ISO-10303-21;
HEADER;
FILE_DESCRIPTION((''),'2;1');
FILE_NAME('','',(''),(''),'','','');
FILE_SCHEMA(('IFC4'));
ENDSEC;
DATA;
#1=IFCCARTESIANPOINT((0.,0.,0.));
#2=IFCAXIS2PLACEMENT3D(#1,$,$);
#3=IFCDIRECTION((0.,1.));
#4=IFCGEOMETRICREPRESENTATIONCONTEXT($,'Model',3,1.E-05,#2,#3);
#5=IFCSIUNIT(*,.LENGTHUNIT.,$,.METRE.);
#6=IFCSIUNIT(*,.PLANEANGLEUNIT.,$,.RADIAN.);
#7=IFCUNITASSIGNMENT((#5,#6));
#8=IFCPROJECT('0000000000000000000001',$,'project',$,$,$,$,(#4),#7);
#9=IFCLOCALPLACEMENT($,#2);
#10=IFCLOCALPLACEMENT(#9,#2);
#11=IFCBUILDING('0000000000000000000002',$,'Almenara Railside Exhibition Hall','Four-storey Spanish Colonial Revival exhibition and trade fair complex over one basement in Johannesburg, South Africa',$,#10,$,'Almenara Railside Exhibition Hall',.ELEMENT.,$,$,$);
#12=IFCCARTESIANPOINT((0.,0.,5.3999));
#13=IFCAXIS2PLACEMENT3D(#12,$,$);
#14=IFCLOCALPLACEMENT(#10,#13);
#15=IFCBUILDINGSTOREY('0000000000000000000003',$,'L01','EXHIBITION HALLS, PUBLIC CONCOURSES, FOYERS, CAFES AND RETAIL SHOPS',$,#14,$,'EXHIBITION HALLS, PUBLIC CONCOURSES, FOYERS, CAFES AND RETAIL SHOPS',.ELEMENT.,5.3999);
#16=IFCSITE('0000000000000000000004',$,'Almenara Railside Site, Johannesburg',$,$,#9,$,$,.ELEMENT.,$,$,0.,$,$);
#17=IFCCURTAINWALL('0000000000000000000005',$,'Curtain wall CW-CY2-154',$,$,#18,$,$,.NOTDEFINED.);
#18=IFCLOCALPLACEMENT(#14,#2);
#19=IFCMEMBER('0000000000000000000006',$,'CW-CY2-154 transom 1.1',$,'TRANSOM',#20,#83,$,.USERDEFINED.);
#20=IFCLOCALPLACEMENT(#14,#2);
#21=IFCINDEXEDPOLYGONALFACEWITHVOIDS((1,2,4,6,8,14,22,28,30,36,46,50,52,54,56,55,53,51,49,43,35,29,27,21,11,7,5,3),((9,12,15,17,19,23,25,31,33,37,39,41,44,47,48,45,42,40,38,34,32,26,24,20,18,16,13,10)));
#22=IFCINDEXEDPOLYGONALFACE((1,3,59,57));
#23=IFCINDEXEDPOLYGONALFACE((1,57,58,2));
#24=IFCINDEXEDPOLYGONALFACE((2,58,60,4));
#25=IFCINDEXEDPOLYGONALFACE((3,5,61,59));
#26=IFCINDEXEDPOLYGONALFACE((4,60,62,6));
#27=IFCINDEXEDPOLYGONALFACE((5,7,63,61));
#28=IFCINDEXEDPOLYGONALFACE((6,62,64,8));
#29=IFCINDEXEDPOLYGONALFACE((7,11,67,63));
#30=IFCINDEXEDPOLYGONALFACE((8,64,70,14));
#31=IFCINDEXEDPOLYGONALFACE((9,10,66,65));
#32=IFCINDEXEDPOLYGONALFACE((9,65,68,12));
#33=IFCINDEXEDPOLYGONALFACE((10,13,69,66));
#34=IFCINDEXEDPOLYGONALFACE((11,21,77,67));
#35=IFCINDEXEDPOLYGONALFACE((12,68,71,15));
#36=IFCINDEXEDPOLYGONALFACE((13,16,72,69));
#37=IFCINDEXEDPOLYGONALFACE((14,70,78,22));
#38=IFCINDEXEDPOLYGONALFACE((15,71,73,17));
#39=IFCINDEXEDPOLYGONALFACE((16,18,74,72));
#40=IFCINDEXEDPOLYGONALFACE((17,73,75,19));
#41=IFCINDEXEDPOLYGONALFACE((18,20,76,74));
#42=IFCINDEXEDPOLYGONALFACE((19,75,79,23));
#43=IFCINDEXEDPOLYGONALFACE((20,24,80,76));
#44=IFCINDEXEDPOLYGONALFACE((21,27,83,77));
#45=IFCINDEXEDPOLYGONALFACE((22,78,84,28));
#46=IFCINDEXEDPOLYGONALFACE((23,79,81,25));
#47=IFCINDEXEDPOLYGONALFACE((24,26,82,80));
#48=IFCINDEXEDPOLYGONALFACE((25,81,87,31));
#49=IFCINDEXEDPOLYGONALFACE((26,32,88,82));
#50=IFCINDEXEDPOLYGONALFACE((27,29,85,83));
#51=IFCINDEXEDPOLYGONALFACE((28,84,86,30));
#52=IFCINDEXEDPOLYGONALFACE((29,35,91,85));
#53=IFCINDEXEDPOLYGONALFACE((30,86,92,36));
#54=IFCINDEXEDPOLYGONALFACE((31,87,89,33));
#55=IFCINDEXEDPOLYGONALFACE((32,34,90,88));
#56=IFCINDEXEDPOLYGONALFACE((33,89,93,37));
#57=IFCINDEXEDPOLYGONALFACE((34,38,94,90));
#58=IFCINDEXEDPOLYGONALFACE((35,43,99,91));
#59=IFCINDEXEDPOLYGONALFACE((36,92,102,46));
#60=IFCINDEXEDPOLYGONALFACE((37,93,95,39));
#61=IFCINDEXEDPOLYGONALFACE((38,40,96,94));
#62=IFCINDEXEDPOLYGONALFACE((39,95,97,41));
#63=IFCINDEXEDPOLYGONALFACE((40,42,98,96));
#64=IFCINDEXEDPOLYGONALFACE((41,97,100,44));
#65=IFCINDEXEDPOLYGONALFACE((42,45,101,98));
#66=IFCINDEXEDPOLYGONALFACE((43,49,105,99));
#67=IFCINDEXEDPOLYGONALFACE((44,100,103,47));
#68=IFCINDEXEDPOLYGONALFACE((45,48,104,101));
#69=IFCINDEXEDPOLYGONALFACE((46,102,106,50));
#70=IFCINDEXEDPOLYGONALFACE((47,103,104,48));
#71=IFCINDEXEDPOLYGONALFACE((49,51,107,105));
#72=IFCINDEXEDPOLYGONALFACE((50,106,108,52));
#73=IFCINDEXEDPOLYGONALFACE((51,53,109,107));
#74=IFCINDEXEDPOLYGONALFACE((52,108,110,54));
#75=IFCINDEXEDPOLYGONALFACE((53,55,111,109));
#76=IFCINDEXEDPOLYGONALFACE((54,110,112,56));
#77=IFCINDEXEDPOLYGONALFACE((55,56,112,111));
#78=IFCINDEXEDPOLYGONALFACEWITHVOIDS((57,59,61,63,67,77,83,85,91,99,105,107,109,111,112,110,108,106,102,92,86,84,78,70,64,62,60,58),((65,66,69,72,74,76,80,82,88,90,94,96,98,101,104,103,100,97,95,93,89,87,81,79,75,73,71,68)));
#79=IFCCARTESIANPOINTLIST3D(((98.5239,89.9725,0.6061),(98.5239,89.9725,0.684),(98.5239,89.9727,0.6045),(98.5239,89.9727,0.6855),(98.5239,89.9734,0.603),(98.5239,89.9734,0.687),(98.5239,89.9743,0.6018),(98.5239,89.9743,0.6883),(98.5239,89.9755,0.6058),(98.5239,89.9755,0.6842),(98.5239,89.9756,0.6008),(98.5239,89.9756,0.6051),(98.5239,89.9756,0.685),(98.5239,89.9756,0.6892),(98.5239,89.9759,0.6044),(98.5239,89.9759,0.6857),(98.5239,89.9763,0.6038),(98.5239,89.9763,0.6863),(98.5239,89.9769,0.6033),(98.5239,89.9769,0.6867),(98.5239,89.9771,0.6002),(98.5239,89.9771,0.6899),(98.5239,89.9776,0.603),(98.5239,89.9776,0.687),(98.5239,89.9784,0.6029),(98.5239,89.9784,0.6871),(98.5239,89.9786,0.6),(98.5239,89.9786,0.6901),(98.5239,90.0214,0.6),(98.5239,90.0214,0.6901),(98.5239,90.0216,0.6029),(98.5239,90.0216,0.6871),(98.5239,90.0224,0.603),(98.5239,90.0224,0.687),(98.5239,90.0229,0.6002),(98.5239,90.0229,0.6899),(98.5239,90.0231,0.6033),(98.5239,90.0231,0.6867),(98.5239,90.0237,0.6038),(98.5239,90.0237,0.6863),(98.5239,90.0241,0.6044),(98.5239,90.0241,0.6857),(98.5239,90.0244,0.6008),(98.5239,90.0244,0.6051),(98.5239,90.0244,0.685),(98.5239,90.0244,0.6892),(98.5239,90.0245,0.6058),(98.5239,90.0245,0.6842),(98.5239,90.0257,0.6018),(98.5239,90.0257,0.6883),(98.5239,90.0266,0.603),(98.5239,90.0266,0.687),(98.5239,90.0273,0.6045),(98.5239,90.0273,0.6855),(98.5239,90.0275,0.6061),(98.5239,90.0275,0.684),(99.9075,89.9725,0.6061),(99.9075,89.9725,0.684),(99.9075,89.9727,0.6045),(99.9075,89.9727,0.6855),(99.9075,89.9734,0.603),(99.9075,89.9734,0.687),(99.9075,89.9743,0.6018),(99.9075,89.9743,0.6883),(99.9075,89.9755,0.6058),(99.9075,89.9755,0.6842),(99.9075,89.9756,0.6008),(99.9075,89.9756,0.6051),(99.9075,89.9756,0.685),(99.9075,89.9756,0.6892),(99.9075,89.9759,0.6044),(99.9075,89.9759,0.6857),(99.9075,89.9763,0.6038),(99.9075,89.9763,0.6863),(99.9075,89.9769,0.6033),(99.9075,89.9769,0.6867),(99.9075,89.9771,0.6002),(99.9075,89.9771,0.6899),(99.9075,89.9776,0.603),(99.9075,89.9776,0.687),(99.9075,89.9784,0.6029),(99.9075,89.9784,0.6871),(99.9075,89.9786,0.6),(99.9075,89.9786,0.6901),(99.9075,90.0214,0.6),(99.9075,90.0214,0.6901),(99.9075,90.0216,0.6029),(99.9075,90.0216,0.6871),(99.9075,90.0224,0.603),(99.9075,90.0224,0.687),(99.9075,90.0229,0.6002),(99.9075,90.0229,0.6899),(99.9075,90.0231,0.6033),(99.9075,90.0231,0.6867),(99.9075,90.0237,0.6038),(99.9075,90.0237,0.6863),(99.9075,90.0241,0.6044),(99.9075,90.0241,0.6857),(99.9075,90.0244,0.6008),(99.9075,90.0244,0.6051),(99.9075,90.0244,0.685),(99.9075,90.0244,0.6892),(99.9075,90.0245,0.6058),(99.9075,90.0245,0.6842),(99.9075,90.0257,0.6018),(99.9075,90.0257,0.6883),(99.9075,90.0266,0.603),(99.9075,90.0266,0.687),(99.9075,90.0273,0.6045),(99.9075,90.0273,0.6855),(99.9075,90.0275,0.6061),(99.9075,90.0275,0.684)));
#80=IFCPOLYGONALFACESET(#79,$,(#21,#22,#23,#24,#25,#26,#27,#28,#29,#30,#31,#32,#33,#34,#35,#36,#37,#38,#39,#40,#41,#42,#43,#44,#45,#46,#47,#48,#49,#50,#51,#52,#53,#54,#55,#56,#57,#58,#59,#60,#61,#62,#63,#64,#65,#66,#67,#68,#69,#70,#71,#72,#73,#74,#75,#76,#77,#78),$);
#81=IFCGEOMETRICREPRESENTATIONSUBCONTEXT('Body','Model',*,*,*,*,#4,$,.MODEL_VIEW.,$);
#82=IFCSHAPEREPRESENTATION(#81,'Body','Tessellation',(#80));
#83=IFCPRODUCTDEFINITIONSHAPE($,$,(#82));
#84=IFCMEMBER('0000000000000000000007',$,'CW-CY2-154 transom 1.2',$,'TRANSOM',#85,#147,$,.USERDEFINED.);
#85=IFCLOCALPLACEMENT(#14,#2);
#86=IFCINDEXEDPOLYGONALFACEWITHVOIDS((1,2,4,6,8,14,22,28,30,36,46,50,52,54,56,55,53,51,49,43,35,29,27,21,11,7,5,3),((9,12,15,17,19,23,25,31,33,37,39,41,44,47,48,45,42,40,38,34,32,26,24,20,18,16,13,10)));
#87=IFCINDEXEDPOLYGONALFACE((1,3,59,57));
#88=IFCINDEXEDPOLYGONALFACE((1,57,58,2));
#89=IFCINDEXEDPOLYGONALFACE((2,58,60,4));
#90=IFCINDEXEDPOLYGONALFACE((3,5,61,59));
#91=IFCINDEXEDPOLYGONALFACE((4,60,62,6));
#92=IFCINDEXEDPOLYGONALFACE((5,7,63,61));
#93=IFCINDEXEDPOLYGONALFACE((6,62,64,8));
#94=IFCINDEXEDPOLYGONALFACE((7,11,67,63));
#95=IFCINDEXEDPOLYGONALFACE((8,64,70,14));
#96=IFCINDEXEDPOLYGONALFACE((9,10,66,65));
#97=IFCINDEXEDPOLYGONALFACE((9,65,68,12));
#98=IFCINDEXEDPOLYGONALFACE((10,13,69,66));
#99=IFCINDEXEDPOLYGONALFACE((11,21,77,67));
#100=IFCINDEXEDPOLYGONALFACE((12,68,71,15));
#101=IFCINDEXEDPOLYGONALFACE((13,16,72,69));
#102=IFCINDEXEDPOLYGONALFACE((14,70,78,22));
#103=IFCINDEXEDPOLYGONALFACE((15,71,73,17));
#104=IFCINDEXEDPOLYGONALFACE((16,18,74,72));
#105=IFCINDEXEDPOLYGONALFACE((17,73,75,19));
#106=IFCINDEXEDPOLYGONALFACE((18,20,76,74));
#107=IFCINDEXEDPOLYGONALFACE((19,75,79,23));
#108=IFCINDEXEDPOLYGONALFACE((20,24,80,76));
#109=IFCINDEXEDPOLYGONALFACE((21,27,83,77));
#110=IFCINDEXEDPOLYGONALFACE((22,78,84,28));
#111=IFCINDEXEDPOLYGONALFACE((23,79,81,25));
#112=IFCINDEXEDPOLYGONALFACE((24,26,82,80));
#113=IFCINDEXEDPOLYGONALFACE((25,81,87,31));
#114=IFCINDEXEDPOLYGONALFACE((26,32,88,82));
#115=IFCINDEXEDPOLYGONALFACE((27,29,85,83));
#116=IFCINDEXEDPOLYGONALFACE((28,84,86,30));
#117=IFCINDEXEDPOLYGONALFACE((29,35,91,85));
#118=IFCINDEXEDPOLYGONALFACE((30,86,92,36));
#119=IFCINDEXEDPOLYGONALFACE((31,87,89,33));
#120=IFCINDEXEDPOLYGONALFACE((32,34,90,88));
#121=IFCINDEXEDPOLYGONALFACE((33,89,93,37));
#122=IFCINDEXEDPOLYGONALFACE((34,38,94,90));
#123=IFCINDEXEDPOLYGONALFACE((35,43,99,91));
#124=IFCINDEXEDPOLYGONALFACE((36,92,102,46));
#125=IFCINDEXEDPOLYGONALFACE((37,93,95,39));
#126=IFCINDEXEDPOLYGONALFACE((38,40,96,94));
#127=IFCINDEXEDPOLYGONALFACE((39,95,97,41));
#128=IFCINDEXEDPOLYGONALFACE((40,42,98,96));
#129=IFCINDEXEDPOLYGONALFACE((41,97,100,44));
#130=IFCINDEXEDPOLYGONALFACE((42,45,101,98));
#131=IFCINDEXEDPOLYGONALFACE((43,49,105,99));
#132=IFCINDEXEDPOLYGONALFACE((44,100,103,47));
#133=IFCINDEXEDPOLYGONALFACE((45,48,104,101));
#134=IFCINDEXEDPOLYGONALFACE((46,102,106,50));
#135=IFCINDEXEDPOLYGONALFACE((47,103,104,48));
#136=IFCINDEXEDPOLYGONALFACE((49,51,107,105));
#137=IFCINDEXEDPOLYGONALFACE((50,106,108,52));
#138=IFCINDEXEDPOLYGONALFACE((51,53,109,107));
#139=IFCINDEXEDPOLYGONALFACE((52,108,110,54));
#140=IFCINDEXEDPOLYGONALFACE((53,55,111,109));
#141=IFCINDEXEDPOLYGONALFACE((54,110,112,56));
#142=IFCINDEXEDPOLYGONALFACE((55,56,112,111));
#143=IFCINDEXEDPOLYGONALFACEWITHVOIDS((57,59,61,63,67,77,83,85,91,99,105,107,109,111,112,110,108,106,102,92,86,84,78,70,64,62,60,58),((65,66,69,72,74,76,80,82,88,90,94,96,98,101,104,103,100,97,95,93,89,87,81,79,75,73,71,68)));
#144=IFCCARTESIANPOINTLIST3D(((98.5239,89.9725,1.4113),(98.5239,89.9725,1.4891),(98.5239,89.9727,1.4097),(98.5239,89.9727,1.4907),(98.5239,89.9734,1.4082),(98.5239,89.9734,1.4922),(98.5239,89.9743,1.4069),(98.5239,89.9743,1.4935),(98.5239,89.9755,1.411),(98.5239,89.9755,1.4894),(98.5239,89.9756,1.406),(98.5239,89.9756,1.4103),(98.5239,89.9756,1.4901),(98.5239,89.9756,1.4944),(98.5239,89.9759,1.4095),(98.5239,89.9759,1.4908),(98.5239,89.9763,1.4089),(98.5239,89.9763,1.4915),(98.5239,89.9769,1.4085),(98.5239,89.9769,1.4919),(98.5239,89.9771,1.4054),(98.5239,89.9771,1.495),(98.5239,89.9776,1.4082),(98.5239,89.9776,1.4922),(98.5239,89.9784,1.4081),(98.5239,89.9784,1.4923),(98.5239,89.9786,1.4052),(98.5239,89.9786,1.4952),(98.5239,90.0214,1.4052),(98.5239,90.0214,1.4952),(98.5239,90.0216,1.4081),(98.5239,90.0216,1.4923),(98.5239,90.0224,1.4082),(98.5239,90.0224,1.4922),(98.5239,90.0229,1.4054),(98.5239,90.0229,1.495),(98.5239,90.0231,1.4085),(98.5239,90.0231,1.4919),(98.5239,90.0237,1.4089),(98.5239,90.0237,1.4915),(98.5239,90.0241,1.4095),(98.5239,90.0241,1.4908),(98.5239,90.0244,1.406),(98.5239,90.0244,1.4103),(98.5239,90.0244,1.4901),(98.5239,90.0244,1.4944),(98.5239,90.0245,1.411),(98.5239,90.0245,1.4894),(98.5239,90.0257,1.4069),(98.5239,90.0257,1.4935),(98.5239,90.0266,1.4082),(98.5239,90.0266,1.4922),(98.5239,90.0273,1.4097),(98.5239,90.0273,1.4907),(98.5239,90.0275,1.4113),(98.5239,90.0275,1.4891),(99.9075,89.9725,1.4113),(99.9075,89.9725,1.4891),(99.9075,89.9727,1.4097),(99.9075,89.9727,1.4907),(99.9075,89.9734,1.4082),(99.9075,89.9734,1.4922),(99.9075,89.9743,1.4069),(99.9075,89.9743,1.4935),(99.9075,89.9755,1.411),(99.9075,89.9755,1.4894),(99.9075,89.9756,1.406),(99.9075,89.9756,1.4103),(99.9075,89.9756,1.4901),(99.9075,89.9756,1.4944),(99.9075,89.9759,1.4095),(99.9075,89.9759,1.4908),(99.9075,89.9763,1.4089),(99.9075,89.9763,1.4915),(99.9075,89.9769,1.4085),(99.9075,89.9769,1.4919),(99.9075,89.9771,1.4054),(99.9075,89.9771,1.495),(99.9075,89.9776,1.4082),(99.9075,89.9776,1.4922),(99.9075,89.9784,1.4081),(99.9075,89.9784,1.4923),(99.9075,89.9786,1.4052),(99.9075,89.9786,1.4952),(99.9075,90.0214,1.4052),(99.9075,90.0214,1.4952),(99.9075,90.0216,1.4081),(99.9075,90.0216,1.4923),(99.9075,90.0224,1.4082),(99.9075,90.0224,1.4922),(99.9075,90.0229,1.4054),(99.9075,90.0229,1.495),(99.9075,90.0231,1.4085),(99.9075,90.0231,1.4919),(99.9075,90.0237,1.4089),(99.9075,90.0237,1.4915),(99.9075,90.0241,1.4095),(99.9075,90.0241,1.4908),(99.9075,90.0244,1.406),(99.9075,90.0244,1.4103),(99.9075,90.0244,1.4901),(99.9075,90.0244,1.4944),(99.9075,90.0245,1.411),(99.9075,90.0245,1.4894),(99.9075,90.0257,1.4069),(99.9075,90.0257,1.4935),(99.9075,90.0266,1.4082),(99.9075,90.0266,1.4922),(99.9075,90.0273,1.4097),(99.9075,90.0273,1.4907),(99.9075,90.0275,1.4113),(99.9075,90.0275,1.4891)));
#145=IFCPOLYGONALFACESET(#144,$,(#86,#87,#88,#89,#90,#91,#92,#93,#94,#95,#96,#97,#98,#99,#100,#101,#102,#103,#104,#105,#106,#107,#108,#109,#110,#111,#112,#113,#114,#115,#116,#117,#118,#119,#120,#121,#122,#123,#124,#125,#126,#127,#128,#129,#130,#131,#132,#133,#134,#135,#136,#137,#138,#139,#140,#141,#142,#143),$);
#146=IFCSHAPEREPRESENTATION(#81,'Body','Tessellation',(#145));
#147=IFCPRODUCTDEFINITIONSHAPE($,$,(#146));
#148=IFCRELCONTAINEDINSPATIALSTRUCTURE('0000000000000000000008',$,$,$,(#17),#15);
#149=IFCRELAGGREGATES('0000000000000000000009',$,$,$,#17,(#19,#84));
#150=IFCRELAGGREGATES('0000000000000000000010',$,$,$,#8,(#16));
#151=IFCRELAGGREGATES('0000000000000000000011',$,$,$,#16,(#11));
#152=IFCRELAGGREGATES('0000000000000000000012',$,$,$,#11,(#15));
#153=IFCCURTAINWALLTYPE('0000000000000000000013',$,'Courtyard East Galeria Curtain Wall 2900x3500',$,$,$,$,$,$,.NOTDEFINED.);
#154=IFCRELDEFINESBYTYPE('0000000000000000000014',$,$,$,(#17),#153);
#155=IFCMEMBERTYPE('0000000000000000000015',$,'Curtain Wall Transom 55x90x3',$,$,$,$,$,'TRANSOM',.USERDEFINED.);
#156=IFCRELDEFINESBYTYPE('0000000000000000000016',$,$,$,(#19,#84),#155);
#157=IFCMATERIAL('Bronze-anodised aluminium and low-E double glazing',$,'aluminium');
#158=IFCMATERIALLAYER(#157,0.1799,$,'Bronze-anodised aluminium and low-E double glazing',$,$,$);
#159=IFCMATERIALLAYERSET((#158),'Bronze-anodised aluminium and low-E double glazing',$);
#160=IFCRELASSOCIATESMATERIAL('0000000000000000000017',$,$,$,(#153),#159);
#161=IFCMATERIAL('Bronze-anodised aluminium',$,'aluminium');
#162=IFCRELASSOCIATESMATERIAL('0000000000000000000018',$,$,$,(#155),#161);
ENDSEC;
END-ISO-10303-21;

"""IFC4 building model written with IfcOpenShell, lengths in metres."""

from ifc_helpers import new_model, si_unit, direction, frame, origin, origin_2d, place, context, subcontext, project, spatial, hollow_rectangle, extrude, material, layer, layer_set, material_profile, profile_set, type_object, element, aggregate, save


model = new_model("IFC4")

# Units and contexts
model_context = context("Model", 3, precision=1e-05, world=origin(), true_north=direction((0.0, 1.0)))
body_context = subcontext(model_context, "Body", "Model", "MODEL_VIEW")
ifc_project = project(units=[si_unit("LENGTHUNIT", "METRE"), si_unit("PLANEANGLEUNIT", "RADIAN")], contexts=[model_context])

# Site, building, storey
site_placement = place(None, origin())
site = spatial("IfcSite", under=ifc_project, at=site_placement, Name="Almenara Railside Site, Johannesburg", CompositionType="ELEMENT", RefElevation=0.0)
building_placement = place(site_placement, origin())
building = spatial("IfcBuilding", under=site, at=building_placement, Name="Almenara Railside Exhibition Hall", Description="Four-storey Spanish Colonial Revival exhibition and trade fair complex over one basement in Johannesburg, South Africa", LongName="Almenara Railside Exhibition Hall", CompositionType="ELEMENT")
storey_placement = place(building_placement, frame((0.0, 0.0, 5.3999)))
storey = spatial("IfcBuildingStorey", under=building, at=storey_placement, Name="L01", Description="EXHIBITION HALLS, PUBLIC CONCOURSES, FOYERS, CAFES AND RETAIL SHOPS", LongName="EXHIBITION HALLS, PUBLIC CONCOURSES, FOYERS, CAFES AND RETAIL SHOPS", CompositionType="ELEMENT", Elevation=5.3999)

# Curtain wall
ifc_material_1 = material(Name="Bronze-anodised aluminium and low-E double glazing", Category="aluminium")
ifc_layer_1 = layer(ifc_material_1, 0.1799, Name="Bronze-anodised aluminium and low-E double glazing")
ifc_layer_set_1 = layer_set([ifc_layer_1], Name="Bronze-anodised aluminium and low-E double glazing")
curtain_wall_type = type_object("IfcCurtainWallType", Name="Courtyard East Galeria Curtain Wall 2900x3500", PredefinedType="NOTDEFINED", material=ifc_layer_set_1)
curtain_wall_1_placement = place(storey_placement, origin())
curtain_wall_1 = element("IfcCurtainWall", 1, at=curtain_wall_1_placement, inside=storey, type_object=curtain_wall_type, Name="Curtain wall CW-CY2-154", PredefinedType="NOTDEFINED")
ifc_material_2 = material(Name="Bronze-anodised aluminium", Category="aluminium")

# Members
ifc_material_profile_1 = material_profile(ifc_material_2, hollow_rectangle(XDim=0.0549, YDim=0.0901, WallThickness=0.0029, InnerFilletRadius=0.0029, OuterFilletRadius=0.0061, at=origin_2d()), Name="ALU-TRN 55x90x3")
ifc_profile_set_1 = profile_set([ifc_material_profile_1], Name="Bronze-anodised aluminium")
member_type_1 = type_object("IfcMemberType", Name="Curtain Wall Transom 55x90x3", ElementType="TRANSOM", PredefinedType="USERDEFINED", material=ifc_profile_set_1)
member_1_placement = place(storey_placement, frame((99.9075, 90.0, 0.645), z_axis=(-1.0, 0.0, 0.0), x_axis=(0.0, -1.0, 0.0)))
member_1 = element("IfcMember", 2, at=member_1_placement, type_object=member_type_1, Name="CW-CY2-154 transom 1.1", ObjectType="TRANSOM", PredefinedType="USERDEFINED", context=body_context, shape_type="SweptSolid", body=[
    extrude(hollow_rectangle(XDim=0.0549, YDim=0.0901, WallThickness=0.0029, InnerFilletRadius=0.0029, OuterFilletRadius=0.0061, at=origin_2d()), origin(), (0.0, 0.0, 1.0), 1.3835),
])
member_2_placement = place(storey_placement, frame((99.9075, 90.0, 1.4502), z_axis=(-1.0, 0.0, 0.0), x_axis=(0.0, -1.0, 0.0)))
member_2 = element("IfcMember", 3, at=member_2_placement, type_object=member_type_1, Name="CW-CY2-154 transom 1.2", ObjectType="TRANSOM", PredefinedType="USERDEFINED", context=body_context, shape_type="SweptSolid", body=[
    extrude(hollow_rectangle(XDim=0.0549, YDim=0.0901, WallThickness=0.0029, InnerFilletRadius=0.0029, OuterFilletRadius=0.0061, at=origin_2d()), origin(), (0.0, 0.0, 1.0), 1.3835),
])

aggregate(curtain_wall_1, [member_1, member_2])

save(model, "model.ifc")
